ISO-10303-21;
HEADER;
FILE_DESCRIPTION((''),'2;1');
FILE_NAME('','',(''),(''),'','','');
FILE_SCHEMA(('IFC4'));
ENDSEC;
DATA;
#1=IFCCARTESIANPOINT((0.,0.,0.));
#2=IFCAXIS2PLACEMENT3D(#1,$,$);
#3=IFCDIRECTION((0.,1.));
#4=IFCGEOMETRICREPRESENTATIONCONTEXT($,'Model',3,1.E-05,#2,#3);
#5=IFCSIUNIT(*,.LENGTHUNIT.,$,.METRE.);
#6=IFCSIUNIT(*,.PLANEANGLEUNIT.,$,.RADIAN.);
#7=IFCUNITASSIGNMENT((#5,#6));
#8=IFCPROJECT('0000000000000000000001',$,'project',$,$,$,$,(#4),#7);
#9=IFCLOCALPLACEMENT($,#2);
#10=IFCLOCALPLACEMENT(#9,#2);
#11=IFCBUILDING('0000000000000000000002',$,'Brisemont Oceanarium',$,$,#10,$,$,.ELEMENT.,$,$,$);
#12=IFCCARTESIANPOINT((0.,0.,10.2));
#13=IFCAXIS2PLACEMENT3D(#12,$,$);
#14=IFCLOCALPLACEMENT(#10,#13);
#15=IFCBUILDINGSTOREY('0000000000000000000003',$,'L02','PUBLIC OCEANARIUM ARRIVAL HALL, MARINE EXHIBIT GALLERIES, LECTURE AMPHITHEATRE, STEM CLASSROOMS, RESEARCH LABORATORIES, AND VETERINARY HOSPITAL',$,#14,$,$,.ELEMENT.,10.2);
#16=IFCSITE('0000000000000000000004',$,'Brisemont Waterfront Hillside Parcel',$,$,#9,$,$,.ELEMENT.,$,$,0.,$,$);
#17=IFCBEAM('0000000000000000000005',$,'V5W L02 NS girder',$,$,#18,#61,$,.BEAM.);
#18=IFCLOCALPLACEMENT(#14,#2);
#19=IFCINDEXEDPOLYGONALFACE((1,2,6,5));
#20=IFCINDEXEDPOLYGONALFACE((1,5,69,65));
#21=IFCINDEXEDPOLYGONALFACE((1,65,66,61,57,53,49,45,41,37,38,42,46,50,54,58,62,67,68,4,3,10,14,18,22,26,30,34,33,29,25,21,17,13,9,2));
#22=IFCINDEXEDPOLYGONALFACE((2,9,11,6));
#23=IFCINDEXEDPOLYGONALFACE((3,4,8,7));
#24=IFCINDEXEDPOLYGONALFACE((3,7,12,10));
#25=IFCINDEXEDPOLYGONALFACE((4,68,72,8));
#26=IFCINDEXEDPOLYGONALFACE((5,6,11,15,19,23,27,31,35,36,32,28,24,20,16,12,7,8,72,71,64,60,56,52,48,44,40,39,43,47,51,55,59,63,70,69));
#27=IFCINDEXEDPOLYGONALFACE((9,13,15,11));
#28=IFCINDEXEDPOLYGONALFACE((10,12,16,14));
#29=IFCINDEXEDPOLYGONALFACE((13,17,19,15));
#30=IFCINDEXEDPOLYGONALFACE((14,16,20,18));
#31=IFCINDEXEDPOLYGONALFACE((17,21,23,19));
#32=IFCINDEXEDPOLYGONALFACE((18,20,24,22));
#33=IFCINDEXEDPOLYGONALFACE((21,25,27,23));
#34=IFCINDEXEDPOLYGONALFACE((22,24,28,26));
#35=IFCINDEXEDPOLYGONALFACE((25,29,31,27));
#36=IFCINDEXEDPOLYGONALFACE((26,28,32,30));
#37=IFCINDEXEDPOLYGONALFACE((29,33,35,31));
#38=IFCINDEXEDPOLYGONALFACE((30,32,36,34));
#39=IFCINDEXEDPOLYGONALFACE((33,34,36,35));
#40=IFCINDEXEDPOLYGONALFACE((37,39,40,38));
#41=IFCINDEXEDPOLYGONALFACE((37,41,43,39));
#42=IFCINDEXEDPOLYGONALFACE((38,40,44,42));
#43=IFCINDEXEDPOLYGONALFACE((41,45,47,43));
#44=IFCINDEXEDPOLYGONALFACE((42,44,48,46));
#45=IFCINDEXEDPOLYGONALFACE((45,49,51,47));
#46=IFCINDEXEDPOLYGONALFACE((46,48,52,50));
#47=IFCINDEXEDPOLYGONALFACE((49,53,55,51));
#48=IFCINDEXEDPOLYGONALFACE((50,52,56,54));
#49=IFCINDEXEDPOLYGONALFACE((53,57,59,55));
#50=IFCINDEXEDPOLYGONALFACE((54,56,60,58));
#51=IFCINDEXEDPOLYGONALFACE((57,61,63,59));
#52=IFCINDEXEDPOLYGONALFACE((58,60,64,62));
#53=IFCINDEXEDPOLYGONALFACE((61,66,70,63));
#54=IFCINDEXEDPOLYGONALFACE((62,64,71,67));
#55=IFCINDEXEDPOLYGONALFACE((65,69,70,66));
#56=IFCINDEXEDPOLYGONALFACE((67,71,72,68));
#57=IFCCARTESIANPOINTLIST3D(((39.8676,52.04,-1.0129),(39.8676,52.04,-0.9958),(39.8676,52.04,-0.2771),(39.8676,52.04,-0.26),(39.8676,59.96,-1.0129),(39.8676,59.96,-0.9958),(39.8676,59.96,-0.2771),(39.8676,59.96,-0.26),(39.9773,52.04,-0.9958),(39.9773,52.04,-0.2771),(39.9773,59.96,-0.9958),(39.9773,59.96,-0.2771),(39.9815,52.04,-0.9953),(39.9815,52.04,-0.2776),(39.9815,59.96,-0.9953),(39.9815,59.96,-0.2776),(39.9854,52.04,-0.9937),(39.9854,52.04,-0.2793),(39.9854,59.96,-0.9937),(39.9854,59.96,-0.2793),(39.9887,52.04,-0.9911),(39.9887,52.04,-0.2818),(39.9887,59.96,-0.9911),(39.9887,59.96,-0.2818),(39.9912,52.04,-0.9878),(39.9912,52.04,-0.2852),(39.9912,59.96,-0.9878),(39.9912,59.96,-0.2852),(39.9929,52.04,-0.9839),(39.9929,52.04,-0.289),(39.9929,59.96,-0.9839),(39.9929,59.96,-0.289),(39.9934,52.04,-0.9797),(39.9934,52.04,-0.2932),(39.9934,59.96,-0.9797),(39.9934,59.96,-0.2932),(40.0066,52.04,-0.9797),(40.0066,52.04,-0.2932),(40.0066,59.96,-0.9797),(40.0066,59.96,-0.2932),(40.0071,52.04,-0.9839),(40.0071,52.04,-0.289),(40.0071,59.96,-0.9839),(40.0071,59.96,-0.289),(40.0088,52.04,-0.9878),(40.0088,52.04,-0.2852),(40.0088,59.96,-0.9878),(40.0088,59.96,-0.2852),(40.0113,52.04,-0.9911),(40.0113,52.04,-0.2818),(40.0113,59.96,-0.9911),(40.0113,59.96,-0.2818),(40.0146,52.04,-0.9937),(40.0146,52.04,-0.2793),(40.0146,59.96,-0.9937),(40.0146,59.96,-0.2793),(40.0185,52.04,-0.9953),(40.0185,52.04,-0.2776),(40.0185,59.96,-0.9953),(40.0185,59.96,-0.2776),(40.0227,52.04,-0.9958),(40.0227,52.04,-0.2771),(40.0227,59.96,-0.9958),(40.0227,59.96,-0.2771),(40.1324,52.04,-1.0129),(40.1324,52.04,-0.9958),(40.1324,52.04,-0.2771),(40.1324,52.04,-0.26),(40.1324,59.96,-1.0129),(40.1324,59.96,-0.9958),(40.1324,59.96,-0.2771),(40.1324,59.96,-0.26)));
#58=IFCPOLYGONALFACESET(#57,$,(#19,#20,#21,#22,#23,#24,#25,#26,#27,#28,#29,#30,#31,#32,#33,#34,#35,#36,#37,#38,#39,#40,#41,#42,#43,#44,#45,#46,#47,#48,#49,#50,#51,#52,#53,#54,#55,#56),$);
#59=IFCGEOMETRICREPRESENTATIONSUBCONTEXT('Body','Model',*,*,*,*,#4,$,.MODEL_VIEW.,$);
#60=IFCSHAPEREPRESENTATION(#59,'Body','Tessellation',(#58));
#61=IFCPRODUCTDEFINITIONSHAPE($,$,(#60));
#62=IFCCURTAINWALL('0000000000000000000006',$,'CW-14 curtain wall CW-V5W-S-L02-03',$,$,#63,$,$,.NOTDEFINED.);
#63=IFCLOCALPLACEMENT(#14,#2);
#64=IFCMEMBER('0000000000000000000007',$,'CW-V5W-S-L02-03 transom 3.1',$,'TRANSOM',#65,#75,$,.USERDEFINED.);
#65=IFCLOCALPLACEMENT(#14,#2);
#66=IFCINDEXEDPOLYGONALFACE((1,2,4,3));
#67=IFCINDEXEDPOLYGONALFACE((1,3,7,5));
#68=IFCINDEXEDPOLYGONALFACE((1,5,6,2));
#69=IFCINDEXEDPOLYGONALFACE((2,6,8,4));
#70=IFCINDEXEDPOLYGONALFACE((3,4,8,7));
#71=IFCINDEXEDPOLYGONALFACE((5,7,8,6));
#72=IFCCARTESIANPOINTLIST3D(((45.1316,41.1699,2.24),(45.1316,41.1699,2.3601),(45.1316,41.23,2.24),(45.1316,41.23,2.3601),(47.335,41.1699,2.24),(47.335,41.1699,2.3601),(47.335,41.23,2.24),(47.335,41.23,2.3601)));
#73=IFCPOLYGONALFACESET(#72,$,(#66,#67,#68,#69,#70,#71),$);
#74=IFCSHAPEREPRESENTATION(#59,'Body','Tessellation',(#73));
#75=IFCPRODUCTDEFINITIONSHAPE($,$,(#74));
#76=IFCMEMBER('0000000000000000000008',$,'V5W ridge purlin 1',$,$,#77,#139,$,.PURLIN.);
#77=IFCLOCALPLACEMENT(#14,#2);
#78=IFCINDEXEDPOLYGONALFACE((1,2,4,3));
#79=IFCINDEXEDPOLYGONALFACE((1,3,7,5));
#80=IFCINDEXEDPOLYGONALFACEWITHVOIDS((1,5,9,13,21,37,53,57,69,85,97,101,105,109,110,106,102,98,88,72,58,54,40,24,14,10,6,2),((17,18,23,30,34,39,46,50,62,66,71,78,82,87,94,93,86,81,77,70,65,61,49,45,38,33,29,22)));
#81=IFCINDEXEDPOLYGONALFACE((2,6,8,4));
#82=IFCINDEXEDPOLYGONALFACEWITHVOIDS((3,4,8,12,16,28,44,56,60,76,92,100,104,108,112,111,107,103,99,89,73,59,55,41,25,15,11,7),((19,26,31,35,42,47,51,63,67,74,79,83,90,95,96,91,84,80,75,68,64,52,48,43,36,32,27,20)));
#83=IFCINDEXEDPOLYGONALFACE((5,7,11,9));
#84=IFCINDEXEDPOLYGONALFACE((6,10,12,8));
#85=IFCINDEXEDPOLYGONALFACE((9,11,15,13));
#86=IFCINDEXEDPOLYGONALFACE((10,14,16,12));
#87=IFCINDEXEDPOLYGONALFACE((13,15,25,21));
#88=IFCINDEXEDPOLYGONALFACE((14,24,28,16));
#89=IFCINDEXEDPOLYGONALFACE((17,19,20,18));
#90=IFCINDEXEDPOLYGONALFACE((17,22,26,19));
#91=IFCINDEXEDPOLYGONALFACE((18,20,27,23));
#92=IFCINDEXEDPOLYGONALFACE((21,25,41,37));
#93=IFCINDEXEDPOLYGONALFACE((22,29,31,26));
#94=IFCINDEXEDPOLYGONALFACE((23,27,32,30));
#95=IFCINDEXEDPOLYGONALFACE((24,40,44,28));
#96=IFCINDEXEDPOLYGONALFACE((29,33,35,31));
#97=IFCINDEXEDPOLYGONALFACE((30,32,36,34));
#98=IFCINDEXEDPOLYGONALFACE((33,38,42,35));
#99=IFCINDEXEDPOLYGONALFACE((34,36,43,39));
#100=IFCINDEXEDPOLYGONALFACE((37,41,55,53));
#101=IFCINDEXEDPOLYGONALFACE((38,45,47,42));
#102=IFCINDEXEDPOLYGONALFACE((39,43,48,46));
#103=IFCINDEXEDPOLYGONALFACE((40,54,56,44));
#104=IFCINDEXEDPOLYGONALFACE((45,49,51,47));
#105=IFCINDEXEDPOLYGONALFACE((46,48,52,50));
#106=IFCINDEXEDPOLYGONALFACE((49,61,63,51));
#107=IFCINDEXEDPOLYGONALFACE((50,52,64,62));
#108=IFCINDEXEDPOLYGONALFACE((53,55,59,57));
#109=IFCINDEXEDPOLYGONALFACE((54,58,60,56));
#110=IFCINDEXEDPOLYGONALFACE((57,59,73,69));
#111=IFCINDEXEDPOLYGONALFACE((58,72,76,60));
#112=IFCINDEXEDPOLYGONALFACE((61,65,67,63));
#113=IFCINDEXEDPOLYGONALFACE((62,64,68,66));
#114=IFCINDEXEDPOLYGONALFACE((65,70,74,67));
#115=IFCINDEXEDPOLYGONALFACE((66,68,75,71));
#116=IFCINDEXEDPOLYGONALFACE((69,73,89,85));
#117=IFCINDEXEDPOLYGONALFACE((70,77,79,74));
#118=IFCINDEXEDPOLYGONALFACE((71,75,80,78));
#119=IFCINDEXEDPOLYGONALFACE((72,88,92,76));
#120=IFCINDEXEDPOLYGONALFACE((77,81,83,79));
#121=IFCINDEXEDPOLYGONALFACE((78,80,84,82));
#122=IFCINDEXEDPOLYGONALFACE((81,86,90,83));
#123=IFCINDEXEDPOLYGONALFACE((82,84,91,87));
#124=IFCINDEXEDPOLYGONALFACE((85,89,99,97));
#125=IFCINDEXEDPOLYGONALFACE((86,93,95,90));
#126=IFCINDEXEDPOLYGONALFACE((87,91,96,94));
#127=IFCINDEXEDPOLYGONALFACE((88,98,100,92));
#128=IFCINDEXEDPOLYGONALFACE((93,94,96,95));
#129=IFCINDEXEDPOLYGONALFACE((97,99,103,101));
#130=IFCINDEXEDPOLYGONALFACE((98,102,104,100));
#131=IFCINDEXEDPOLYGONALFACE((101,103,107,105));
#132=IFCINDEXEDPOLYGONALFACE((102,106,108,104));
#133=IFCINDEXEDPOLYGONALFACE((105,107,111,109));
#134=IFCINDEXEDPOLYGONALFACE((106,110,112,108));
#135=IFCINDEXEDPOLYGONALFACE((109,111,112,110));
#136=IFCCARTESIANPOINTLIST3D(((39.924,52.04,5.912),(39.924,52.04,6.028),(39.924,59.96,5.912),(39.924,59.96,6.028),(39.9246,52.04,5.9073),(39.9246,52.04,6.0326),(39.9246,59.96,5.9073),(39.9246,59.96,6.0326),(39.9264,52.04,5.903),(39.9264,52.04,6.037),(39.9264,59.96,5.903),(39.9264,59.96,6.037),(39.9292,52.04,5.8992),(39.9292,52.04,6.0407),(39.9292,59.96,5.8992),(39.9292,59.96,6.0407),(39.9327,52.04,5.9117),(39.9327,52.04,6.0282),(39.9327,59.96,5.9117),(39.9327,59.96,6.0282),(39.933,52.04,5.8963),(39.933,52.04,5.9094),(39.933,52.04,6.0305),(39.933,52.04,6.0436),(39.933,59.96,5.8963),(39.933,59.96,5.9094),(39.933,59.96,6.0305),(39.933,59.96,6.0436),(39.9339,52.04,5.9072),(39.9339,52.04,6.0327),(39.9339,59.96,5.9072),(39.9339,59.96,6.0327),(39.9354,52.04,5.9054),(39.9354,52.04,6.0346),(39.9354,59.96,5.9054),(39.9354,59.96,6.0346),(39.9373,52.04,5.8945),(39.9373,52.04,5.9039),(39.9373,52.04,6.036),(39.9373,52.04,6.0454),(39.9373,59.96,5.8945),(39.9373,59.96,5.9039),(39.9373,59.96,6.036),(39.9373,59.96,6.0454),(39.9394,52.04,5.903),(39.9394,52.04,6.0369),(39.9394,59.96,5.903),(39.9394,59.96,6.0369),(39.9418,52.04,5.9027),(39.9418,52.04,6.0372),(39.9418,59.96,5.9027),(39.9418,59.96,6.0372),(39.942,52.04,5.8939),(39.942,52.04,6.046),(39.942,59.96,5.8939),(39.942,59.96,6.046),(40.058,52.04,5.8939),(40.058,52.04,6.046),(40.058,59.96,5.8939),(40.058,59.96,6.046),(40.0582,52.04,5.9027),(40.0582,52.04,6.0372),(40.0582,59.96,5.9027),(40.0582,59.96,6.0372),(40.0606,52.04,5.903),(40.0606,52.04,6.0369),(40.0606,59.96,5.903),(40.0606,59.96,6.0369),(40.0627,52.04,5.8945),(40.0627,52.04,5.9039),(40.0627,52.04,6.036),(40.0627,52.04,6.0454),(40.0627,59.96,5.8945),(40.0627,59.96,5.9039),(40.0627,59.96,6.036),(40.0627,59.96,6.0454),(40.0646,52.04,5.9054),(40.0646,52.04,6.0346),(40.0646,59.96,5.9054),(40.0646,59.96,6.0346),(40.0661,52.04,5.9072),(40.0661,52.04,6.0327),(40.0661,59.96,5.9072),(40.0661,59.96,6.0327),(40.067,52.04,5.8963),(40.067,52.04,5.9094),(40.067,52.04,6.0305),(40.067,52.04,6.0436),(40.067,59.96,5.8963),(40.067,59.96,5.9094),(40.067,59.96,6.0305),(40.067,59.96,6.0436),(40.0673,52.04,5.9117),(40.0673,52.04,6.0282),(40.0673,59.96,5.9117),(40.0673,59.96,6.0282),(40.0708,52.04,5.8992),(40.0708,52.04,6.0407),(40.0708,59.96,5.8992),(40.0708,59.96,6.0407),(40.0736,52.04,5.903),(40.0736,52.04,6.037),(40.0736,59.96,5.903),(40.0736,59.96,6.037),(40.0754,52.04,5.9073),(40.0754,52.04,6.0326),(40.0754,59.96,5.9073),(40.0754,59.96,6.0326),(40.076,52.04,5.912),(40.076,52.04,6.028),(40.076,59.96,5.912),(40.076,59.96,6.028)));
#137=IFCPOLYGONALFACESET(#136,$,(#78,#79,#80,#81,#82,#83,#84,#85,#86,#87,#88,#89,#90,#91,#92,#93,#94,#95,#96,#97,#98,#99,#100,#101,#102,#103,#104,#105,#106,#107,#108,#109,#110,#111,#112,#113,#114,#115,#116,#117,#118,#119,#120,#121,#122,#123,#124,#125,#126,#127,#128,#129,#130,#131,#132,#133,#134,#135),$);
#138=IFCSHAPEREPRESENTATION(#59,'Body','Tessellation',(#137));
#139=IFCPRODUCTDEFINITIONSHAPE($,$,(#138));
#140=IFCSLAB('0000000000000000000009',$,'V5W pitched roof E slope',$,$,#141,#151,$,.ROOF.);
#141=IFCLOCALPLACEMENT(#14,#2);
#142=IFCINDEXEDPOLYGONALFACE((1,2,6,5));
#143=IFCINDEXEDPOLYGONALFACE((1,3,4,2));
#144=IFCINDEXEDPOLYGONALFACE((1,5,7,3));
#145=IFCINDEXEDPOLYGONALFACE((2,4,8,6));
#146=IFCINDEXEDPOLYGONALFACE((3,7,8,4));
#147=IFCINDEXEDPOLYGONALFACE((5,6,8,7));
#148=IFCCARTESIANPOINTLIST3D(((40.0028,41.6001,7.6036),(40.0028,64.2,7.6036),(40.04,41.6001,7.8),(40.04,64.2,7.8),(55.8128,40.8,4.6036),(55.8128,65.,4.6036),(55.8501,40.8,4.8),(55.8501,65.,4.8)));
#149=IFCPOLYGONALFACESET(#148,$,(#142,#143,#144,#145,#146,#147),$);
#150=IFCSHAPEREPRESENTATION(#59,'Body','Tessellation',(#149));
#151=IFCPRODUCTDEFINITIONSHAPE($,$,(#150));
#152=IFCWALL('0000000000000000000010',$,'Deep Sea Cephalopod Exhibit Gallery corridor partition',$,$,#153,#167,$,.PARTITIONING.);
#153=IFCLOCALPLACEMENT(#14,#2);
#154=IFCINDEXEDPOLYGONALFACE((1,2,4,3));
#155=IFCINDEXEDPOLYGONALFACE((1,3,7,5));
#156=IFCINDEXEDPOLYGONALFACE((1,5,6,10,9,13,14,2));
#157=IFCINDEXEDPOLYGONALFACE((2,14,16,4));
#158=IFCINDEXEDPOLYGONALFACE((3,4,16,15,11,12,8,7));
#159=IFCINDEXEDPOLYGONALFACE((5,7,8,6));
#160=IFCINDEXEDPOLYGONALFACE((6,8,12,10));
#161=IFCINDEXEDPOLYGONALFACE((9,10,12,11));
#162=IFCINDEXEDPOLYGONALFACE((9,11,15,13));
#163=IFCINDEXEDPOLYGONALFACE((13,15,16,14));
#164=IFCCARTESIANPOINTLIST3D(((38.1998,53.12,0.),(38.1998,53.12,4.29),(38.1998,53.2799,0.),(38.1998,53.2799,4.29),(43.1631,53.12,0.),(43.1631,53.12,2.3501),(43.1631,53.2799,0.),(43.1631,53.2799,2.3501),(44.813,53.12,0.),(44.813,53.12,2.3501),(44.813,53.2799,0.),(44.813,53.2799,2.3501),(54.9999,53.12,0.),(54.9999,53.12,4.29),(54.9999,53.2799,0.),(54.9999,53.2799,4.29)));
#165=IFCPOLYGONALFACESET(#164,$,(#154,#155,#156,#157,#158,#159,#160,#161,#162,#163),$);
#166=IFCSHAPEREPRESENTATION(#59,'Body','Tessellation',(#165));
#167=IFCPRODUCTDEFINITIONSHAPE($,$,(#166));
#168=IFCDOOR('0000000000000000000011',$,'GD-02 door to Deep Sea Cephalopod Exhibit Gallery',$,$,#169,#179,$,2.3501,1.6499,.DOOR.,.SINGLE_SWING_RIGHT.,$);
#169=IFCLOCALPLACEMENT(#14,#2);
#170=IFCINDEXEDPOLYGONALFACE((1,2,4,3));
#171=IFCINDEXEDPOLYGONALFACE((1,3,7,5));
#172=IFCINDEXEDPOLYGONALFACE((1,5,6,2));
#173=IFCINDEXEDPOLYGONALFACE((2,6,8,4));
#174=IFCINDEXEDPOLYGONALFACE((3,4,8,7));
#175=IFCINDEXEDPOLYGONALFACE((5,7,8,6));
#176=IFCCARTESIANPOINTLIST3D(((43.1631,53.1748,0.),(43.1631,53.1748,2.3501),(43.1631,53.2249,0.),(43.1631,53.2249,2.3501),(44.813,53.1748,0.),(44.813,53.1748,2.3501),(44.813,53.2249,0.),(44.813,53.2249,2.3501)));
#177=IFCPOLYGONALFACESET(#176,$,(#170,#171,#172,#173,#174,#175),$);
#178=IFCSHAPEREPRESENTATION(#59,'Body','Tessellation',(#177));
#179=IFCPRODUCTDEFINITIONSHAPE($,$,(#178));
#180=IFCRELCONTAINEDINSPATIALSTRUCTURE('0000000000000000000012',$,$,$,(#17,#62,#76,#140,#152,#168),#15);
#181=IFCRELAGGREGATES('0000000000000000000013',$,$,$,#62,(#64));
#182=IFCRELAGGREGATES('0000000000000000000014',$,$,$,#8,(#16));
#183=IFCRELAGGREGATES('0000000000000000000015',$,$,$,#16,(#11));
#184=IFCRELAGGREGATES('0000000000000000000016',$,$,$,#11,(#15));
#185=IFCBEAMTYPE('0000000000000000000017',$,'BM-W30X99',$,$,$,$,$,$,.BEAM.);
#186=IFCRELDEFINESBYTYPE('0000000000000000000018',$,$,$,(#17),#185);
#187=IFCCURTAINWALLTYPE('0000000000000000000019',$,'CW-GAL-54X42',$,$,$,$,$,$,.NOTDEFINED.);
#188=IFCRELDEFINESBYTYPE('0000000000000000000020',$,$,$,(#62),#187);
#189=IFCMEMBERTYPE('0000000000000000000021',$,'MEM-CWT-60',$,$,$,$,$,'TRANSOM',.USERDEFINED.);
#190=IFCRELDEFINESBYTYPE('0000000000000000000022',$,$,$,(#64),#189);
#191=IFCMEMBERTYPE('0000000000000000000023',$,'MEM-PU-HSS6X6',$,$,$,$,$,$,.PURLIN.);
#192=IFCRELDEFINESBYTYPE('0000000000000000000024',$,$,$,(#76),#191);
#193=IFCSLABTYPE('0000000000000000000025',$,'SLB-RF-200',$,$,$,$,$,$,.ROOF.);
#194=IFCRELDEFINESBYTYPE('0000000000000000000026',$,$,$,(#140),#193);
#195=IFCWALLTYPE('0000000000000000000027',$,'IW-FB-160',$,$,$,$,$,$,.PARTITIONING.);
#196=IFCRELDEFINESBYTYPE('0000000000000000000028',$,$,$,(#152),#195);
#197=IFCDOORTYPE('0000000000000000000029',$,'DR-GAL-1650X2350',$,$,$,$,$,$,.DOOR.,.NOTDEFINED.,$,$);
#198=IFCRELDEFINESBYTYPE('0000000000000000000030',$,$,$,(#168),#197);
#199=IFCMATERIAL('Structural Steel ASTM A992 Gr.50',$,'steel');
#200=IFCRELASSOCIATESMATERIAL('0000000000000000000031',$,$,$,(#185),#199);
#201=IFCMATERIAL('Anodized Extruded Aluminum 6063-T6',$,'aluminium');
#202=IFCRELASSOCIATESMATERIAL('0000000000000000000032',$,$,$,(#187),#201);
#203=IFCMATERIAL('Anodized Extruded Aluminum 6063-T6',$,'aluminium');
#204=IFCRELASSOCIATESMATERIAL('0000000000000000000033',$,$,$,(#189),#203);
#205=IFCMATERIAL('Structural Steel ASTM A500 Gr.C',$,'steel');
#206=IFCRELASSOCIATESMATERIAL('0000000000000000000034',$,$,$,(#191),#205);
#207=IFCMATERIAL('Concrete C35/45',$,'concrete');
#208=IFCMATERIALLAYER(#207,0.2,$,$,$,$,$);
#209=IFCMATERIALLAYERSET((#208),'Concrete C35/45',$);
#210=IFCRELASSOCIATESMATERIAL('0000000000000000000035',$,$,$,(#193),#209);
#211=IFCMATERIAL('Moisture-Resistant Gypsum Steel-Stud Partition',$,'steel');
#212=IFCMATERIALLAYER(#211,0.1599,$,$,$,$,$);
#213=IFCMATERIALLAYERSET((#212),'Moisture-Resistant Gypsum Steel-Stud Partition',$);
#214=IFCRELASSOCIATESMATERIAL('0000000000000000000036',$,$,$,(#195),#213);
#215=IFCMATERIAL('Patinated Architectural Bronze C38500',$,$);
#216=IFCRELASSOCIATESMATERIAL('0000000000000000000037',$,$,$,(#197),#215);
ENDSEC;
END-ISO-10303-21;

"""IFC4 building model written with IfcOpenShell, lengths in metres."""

from ifc_helpers import new_model, si_unit, direction, frame, frame_2d, origin, origin_2d, place, context, subcontext, project, spatial, polyline, rectangle, hollow_rectangle, i_section, outline, extrude, material, layer, layer_set, material_profile, profile_set, type_object, element, fill, aggregate, save


model = new_model("IFC4")

# Units and contexts
model_context = context("Model", 3, precision=1e-05, world=origin(), true_north=direction((0.0, 1.0)))
body_context = subcontext(model_context, "Body", "Model", "MODEL_VIEW")
ifc_project = project(units=[si_unit("LENGTHUNIT", "METRE"), si_unit("PLANEANGLEUNIT", "RADIAN")], contexts=[model_context])

# Site, building, storey
site_placement = place(None, origin())
site = spatial("IfcSite", under=ifc_project, at=site_placement, Name="Brisemont Waterfront Hillside Parcel", CompositionType="ELEMENT", RefElevation=0.0)
building_placement = place(site_placement, origin())
building = spatial("IfcBuilding", under=site, at=building_placement, Name="Brisemont Oceanarium", CompositionType="ELEMENT")
storey_placement = place(building_placement, frame((0.0, 0.0, 10.2)))
storey = spatial("IfcBuildingStorey", under=building, at=storey_placement, Name="L02", Description="PUBLIC OCEANARIUM ARRIVAL HALL, MARINE EXHIBIT GALLERIES, LECTURE AMPHITHEATRE, STEM CLASSROOMS, RESEARCH LABORATORIES, AND VETERINARY HOSPITAL", CompositionType="ELEMENT", Elevation=10.2)

# Beam
ifc_material_1 = material(Name="Structural Steel ASTM A992 Gr.50", Category="steel")
ifc_material_profile_1 = material_profile(ifc_material_1, i_section(OverallWidth=0.2649, OverallDepth=0.7529, WebThickness=0.0132, FlangeThickness=0.0171, FilletRadius=0.0161, at=origin_2d()), Name="W30X99")
ifc_profile_set_1 = profile_set([ifc_material_profile_1], Name="Structural Steel ASTM A992 Gr.50")
beam_type_1 = type_object("IfcBeamType", Name="BM-W30X99", PredefinedType="BEAM", material=ifc_profile_set_1)
beam_1_placement = place(storey_placement, frame((40.0, 52.04, -0.6365), z_axis=(0.0, 1.0, 0.0), x_axis=(-1.0, 0.0, 0.0)))
element("IfcBeam", 1, at=beam_1_placement, inside=storey, type_object=beam_type_1, Name="V5W L02 NS girder", PredefinedType="BEAM", context=body_context, shape_type="SweptSolid", body=[
    extrude(i_section(OverallWidth=0.2649, OverallDepth=0.7529, WebThickness=0.0132, FlangeThickness=0.0171, FilletRadius=0.0161, at=origin_2d()), origin(), (0.0, 0.0, 1.0), 7.9199),
])

# Curtain wall, member
ifc_material_2 = material(Name="Anodized Extruded Aluminum 6063-T6", Category="aluminium")
curtain_wall_type = type_object("IfcCurtainWallType", Name="CW-GAL-54X42", PredefinedType="NOTDEFINED", material=ifc_material_2)
curtain_wall_placement = place(storey_placement, origin())
curtain_wall = element("IfcCurtainWall", 2, at=curtain_wall_placement, inside=storey, type_object=curtain_wall_type, Name="CW-14 curtain wall CW-V5W-S-L02-03", PredefinedType="NOTDEFINED")
ifc_material_3 = material(Name="Anodized Extruded Aluminum 6063-T6", Category="aluminium")
ifc_material_profile_2 = material_profile(ifc_material_3, rectangle(XDim=0.0601, YDim=0.1201, at=origin_2d()), Name="CWT-60X120")
ifc_profile_set_2 = profile_set([ifc_material_profile_2], Name="Anodized Extruded Aluminum 6063-T6")
member_type_1 = type_object("IfcMemberType", Name="MEM-CWT-60", ElementType="TRANSOM", PredefinedType="USERDEFINED", material=ifc_profile_set_2)
member_1_placement = place(storey_placement, frame((45.1316, 41.2, 2.3), z_axis=(1.0, 0.0, 0.0), x_axis=(0.0, 1.0, 0.0)))
member_1 = element("IfcMember", 3, at=member_1_placement, type_object=member_type_1, Name="CW-V5W-S-L02-03 transom 3.1", ObjectType="TRANSOM", PredefinedType="USERDEFINED", context=body_context, shape_type="SweptSolid", body=[
    extrude(rectangle(XDim=0.0601, YDim=0.1201, at=origin_2d()), origin(), (0.0, 0.0, 1.0), 2.2034),
])
aggregate(curtain_wall, [member_1])

# Member
ifc_material_4 = material(Name="Structural Steel ASTM A500 Gr.C", Category="steel")
ifc_material_profile_3 = material_profile(ifc_material_4, hollow_rectangle(XDim=0.1521, YDim=0.1521, WallThickness=0.0088, InnerFilletRadius=0.009, OuterFilletRadius=0.0181, at=origin_2d()), Name="HSS6X6X3/8")
ifc_profile_set_3 = profile_set([ifc_material_profile_3], Name="Structural Steel ASTM A500 Gr.C")
member_type_2 = type_object("IfcMemberType", Name="MEM-PU-HSS6X6", PredefinedType="PURLIN", material=ifc_profile_set_3)
member_2_placement = place(storey_placement, frame((40.0, 52.04, 5.97), z_axis=(0.0, 1.0, 0.0), x_axis=(-1.0, 0.0, 0.0)))
element("IfcMember", 4, at=member_2_placement, inside=storey, type_object=member_type_2, Name="V5W ridge purlin 1", PredefinedType="PURLIN", context=body_context, shape_type="SweptSolid", body=[
    extrude(hollow_rectangle(XDim=0.1521, YDim=0.1521, WallThickness=0.0088, InnerFilletRadius=0.009, OuterFilletRadius=0.0181, at=origin_2d()), origin(), (0.0, 0.0, 1.0), 7.9199),
])

# Slab
ifc_material_5 = material(Name="Concrete C35/45", Category="concrete")
ifc_layer_1 = layer(ifc_material_5, 0.2)
ifc_layer_set_1 = layer_set([ifc_layer_1], Name="Concrete C35/45")
slab_type = type_object("IfcSlabType", Name="SLB-RF-200", PredefinedType="ROOF", material=ifc_layer_set_1)
slab_placement = place(storey_placement, frame((40.04, 41.6001, 7.8), z_axis=(0.186426, 0.0, 0.982469), x_axis=(0.981257, -0.049655, -0.186196)))
element("IfcSlab", 5, at=slab_placement, inside=storey, type_object=slab_type, Name="V5W pitched roof E slope", PredefinedType="ROOF", context=body_context, shape_type="SweptSolid", body=[
    extrude(outline(polyline([(0.0, 0.0), (16.112, 0.0), (14.9104, 24.1701), (-1.1222, 22.572), (0.0, 0.0)])), origin(), (0.0, 0.0, -1.0), 0.2),
])

# Wall, opening, door
ifc_material_6 = material(Name="Moisture-Resistant Gypsum Steel-Stud Partition", Category="steel")
ifc_layer_2 = layer(ifc_material_6, 0.1599)
ifc_layer_set_2 = layer_set([ifc_layer_2], Name="Moisture-Resistant Gypsum Steel-Stud Partition")
wall_type_1 = type_object("IfcWallType", Name="IW-FB-160", PredefinedType="PARTITIONING", material=ifc_layer_set_2)
wall_1_placement = place(storey_placement, frame((38.2, 53.2, 0.0), z_axis=(0.0, 0.0, 1.0), x_axis=(1.0, 0.0, 0.0)))
wall_1 = element("IfcWall", 6, at=wall_1_placement, inside=storey, type_object=wall_type_1, Name="Deep Sea Cephalopod Exhibit Gallery corridor partition", PredefinedType="PARTITIONING", context=body_context, shape_type="SweptSolid", body=[
    extrude(rectangle(XDim=16.8, YDim=0.1599, at=frame_2d((8.3999, 0.0))), origin(), (0.0, 0.0, 1.0), 4.29),
])
opening_1_placement = place(wall_1_placement, frame((4.9631, 0.0, 0.0)))
opening_1 = element("IfcOpeningElement", 7, at=opening_1_placement, cuts=wall_1, PredefinedType="OPENING", context=body_context, shape_type="SweptSolid", body=[
    extrude(rectangle(XDim=1.6499, YDim=2.3501, at=frame_2d((0.825, 1.175))), frame((0.0, 0.0898, 0.0), z_axis=(0.0, -1.0, 0.0), x_axis=(1.0, 0.0, 0.0)), (0.0, 0.0, 1.0), 0.1799),
])
ifc_material_7 = material(Name="Patinated Architectural Bronze C38500")
door_type_1 = type_object("IfcDoorType", Name="DR-GAL-1650X2350", OperationType="NOTDEFINED", PredefinedType="DOOR", material=ifc_material_7)
door_1_placement = place(opening_1_placement, origin())
door_1 = element("IfcDoor", 8, at=door_1_placement, inside=storey, type_object=door_type_1, Name="GD-02 door to Deep Sea Cephalopod Exhibit Gallery", OperationType="SINGLE_SWING_RIGHT", OverallHeight=2.3501, OverallWidth=1.6499, PredefinedType="DOOR", context=body_context, shape_type="SweptSolid", body=[
    extrude(rectangle(XDim=1.6499, YDim=2.3501, at=frame_2d((0.825, 1.175))), frame((0.0, 0.0249, 0.0), z_axis=(0.0, -1.0, 0.0), x_axis=(1.0, 0.0, 0.0)), (0.0, 0.0, 1.0), 0.05),
])
fill(opening_1, door_1)

save(model, "model.ifc")
